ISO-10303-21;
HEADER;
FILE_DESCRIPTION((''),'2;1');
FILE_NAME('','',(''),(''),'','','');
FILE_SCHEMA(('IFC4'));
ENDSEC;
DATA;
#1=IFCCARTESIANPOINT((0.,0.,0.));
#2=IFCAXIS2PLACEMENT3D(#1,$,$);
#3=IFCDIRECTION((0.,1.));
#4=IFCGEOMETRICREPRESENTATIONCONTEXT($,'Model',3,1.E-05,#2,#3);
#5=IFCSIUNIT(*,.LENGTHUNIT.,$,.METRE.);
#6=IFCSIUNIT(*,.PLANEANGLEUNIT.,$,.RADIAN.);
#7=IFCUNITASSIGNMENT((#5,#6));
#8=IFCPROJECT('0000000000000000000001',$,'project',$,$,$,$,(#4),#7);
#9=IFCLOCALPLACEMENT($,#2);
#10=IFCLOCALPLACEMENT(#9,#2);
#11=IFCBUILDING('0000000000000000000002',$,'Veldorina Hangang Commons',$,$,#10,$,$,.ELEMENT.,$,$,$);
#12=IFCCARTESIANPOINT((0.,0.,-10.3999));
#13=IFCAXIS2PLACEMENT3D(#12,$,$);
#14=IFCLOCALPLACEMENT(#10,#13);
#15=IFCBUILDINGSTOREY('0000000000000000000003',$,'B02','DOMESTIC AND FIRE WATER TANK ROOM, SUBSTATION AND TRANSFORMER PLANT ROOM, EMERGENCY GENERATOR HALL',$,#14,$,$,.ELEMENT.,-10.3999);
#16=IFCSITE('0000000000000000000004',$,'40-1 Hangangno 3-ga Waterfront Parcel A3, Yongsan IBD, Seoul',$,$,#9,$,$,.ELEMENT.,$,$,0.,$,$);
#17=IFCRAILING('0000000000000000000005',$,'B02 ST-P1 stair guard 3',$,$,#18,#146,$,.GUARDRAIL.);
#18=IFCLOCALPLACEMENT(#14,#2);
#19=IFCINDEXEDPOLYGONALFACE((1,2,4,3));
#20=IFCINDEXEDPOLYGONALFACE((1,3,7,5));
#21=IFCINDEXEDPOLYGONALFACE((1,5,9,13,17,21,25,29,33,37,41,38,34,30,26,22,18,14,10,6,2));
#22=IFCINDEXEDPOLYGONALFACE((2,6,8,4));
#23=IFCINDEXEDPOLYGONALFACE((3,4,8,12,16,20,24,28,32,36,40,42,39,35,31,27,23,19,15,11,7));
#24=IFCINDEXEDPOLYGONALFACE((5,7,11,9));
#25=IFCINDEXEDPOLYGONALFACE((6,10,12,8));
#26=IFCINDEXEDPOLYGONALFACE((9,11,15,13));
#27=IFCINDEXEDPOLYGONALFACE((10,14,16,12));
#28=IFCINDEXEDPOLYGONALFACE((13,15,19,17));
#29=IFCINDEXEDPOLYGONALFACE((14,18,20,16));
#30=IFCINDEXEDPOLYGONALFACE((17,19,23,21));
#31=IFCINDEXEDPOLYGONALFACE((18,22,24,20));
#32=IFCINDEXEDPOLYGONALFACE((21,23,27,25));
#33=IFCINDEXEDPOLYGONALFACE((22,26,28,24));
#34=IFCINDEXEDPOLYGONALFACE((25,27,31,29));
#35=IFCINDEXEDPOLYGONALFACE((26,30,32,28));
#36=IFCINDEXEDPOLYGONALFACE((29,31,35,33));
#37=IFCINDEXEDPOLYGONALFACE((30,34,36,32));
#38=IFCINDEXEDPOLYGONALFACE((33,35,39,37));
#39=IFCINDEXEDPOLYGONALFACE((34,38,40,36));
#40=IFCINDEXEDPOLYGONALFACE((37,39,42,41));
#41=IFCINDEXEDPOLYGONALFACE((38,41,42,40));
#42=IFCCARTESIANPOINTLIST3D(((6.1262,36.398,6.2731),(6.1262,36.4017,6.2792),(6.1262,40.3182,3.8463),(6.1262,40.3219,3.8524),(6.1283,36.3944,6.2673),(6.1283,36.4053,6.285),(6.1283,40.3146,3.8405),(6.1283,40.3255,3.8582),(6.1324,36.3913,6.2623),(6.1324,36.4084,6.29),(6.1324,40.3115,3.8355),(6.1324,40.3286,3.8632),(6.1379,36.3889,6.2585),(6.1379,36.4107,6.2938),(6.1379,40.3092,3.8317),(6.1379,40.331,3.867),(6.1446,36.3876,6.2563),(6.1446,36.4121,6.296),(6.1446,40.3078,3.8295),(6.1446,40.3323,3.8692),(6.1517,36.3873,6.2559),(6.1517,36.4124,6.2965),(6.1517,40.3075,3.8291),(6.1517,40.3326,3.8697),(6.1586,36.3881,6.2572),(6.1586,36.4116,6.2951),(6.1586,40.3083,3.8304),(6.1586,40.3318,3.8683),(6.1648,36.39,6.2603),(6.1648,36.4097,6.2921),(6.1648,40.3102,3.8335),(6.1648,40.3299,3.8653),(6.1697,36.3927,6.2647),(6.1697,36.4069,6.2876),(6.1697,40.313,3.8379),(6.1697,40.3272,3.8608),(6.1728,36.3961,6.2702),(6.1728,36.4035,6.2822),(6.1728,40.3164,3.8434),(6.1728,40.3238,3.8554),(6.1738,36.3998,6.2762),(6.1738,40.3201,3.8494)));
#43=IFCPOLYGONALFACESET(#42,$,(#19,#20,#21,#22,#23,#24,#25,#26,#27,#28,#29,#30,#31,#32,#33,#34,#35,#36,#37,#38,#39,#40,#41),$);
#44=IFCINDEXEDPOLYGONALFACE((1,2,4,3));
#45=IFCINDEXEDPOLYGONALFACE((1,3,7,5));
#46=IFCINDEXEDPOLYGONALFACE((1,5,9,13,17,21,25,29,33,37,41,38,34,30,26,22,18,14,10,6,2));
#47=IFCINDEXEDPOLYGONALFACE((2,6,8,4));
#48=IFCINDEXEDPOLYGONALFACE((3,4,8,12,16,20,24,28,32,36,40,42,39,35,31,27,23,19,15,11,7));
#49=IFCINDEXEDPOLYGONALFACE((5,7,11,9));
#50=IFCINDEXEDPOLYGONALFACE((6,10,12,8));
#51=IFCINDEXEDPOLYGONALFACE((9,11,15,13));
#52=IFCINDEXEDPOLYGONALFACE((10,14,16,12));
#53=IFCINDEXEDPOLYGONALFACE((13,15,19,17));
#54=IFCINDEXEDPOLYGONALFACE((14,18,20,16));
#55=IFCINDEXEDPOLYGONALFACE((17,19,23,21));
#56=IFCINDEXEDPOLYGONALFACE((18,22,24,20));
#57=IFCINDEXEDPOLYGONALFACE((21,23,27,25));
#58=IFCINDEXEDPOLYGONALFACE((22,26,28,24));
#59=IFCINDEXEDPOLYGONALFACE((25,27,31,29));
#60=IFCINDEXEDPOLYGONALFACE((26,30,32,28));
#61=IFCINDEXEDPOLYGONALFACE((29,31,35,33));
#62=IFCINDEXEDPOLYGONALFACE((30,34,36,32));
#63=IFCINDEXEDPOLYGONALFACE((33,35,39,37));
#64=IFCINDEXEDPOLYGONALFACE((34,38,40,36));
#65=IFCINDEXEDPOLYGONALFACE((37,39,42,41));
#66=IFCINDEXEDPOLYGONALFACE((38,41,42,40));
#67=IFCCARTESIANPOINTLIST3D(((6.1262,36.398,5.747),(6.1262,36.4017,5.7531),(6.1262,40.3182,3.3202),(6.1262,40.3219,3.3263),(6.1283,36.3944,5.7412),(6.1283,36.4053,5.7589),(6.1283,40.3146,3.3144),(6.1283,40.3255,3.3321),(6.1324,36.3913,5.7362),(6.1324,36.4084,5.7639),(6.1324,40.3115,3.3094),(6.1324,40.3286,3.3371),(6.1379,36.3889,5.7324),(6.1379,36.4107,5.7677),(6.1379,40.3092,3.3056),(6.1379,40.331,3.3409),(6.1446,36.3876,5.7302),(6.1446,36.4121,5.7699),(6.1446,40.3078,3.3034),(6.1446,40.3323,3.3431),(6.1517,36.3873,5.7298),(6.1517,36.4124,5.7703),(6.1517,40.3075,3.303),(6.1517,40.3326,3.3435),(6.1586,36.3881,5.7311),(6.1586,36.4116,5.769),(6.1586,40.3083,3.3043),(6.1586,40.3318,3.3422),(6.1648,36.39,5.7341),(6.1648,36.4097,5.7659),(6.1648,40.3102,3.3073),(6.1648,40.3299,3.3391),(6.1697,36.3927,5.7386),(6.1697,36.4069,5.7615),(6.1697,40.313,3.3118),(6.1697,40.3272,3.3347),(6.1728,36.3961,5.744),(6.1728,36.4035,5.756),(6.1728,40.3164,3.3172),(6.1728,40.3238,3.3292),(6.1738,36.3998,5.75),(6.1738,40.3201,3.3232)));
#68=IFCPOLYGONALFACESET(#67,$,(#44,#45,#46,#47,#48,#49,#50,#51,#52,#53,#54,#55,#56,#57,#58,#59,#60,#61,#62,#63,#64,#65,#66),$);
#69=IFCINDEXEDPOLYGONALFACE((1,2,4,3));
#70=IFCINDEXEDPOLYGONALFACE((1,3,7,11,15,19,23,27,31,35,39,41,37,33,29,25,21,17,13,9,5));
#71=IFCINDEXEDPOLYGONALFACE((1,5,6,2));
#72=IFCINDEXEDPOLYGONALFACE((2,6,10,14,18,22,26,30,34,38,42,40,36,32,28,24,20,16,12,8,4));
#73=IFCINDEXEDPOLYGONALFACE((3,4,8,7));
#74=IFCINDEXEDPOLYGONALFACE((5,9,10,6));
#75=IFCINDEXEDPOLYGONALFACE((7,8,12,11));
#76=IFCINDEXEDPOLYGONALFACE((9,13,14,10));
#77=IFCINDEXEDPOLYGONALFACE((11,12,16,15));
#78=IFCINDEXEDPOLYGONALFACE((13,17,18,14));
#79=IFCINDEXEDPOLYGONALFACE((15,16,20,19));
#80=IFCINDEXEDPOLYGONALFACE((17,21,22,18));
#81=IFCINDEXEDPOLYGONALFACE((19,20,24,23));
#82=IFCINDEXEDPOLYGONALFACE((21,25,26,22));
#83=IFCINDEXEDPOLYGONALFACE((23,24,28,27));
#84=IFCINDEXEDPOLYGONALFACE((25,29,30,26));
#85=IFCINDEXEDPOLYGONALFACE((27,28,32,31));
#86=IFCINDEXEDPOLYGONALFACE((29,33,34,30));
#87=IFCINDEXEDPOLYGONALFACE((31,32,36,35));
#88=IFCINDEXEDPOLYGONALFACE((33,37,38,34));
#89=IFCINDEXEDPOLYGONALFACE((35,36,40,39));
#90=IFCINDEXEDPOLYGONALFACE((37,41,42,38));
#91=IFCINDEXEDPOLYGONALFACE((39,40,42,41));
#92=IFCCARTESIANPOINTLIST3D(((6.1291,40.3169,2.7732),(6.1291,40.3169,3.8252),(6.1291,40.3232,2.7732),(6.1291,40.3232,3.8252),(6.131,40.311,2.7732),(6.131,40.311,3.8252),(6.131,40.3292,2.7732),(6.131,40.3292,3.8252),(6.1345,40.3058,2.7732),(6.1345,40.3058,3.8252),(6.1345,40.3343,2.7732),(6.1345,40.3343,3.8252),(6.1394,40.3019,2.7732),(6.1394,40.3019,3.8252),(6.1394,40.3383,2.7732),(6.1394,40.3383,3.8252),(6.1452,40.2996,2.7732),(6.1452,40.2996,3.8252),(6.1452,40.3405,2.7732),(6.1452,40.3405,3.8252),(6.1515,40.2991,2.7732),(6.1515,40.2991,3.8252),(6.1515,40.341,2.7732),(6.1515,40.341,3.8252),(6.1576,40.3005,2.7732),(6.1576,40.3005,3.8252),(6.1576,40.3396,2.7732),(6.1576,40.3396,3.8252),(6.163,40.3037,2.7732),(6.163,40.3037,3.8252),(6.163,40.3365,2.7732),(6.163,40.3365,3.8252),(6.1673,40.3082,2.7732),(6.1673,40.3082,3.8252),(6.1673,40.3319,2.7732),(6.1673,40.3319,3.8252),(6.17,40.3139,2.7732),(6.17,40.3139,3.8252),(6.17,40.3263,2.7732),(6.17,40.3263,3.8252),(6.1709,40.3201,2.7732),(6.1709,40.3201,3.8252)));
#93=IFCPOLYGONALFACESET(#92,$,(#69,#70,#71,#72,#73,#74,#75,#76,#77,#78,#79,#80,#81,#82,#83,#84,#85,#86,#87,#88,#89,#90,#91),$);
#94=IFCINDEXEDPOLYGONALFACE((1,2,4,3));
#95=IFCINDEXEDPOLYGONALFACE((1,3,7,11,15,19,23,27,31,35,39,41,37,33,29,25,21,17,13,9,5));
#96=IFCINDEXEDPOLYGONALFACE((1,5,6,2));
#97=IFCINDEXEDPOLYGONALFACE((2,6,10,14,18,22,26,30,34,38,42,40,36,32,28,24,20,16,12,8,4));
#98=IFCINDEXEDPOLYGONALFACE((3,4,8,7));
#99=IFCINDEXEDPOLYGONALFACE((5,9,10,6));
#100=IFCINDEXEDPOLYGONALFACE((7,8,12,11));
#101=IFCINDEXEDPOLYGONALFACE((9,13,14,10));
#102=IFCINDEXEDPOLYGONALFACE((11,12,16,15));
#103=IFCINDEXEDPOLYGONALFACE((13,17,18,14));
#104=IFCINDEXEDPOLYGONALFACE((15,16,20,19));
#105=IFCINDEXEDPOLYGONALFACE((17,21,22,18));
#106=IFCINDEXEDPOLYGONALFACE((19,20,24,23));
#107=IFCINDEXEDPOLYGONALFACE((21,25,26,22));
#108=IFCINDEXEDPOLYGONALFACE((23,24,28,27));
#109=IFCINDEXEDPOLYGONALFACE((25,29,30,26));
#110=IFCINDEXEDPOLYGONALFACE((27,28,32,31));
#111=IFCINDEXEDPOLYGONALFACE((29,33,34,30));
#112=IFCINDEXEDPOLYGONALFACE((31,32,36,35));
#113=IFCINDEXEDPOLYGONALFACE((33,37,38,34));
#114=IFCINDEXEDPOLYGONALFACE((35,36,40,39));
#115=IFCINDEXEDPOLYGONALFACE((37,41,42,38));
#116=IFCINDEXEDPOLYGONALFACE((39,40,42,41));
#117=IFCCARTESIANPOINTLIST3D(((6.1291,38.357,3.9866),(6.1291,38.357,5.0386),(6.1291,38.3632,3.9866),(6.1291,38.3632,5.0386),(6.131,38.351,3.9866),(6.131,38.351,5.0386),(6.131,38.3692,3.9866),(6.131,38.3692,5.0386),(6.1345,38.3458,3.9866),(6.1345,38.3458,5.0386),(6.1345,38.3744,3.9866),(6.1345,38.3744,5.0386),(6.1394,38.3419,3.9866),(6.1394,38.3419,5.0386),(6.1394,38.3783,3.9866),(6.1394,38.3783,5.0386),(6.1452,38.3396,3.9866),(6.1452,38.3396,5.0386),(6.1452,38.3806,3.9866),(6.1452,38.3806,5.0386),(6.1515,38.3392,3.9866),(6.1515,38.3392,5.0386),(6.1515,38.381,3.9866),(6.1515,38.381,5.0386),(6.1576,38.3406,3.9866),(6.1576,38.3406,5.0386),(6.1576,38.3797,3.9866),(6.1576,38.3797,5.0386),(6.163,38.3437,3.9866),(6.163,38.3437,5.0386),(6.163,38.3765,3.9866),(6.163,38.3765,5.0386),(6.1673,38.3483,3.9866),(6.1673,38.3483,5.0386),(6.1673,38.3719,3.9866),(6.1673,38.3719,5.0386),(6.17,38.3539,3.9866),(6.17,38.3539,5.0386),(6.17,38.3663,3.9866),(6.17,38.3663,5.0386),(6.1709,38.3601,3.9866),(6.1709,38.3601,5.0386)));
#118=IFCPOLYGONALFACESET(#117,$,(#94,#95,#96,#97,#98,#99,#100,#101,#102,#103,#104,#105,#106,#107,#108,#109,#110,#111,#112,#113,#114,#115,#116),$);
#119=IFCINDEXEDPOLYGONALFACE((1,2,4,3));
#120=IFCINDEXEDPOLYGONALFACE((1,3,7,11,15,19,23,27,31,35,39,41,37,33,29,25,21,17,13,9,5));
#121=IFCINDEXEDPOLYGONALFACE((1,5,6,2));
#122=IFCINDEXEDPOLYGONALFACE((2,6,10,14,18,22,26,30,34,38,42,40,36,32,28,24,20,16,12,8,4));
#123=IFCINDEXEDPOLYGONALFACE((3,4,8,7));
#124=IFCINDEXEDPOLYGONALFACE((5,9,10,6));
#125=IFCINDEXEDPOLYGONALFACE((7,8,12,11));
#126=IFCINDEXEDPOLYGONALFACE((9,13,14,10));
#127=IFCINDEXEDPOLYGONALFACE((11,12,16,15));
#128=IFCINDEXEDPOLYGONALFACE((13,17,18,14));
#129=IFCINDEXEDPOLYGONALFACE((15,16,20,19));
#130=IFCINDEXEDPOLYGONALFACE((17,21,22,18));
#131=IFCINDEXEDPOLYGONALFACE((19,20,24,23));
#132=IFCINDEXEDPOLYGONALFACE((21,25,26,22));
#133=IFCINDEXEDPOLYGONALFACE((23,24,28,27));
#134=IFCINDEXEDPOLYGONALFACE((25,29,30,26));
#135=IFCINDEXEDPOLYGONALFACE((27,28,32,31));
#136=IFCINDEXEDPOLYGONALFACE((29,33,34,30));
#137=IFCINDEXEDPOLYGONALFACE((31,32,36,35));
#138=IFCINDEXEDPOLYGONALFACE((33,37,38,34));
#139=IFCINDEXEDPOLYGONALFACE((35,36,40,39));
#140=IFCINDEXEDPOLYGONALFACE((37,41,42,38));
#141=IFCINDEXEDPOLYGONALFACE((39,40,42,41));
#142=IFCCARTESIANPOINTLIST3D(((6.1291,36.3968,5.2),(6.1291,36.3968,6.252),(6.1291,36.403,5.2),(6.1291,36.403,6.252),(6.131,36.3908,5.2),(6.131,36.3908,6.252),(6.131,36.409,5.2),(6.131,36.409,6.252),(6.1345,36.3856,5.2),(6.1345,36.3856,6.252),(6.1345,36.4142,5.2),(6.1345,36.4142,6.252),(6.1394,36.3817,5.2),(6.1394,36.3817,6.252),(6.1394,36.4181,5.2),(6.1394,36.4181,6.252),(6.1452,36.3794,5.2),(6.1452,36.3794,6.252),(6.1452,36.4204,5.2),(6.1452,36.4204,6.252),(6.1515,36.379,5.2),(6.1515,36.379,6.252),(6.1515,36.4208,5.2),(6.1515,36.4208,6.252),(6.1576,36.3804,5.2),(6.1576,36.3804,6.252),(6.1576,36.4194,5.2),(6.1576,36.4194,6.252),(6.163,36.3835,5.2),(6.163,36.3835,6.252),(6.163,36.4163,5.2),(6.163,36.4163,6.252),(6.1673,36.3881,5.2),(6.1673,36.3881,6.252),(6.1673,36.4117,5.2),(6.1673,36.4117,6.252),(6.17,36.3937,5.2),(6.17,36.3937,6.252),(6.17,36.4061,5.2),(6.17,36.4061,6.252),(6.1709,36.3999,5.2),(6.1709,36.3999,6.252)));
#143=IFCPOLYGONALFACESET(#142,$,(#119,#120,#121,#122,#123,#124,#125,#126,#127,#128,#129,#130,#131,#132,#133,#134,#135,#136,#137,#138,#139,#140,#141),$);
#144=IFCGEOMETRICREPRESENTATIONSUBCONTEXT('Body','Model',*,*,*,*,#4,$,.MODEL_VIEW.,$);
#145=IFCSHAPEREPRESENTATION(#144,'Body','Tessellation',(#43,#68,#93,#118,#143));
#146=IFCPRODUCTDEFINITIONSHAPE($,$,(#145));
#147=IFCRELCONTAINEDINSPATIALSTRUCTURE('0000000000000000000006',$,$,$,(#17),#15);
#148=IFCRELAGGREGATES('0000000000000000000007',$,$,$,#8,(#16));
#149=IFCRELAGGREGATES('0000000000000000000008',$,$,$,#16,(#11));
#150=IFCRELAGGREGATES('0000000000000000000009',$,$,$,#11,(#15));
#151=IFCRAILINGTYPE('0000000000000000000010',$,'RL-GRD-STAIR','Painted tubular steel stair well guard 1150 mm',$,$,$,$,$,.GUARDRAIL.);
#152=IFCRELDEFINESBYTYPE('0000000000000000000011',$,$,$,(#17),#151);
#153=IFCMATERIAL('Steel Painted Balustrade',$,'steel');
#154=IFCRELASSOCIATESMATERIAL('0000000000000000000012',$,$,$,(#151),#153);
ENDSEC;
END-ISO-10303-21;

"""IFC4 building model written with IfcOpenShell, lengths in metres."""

from ifc_helpers import new_model, si_unit, direction, frame, origin, origin_2d, place, context, subcontext, project, spatial, circle, extrude, material, type_object, element, save


model = new_model("IFC4")

# Units and contexts
model_context = context("Model", 3, precision=1e-05, world=origin(), true_north=direction((0.0, 1.0)))
body_context = subcontext(model_context, "Body", "Model", "MODEL_VIEW")
ifc_project = project(units=[si_unit("LENGTHUNIT", "METRE"), si_unit("PLANEANGLEUNIT", "RADIAN")], contexts=[model_context])

# Site, building, storey
site_placement = place(None, origin())
site = spatial("IfcSite", under=ifc_project, at=site_placement, Name="40-1 Hangangno 3-ga Waterfront Parcel A3, Yongsan IBD, Seoul", CompositionType="ELEMENT", RefElevation=0.0)
building_placement = place(site_placement, origin())
building = spatial("IfcBuilding", under=site, at=building_placement, Name="Veldorina Hangang Commons", CompositionType="ELEMENT")
storey_placement = place(building_placement, frame((0.0, 0.0, -10.3999)))
storey = spatial("IfcBuildingStorey", under=building, at=storey_placement, Name="B02", Description="DOMESTIC AND FIRE WATER TANK ROOM, SUBSTATION AND TRANSFORMER PLANT ROOM, EMERGENCY GENERATOR HALL", CompositionType="ELEMENT", Elevation=-10.3999)

# Railing
ifc_material_1 = material(Name="Steel Painted Balustrade", Category="steel")
railing_type_1 = type_object("IfcRailingType", Name="RL-GRD-STAIR", Description="Painted tubular steel stair well guard 1150 mm", PredefinedType="GUARDRAIL", material=ifc_material_1)
railing_1_placement = place(storey_placement, frame((6.1499, 40.3201, 2.7732)))
element("IfcRailing", 1, at=railing_1_placement, inside=storey, type_object=railing_type_1, Name="B02 ST-P1 stair guard 3", PredefinedType="GUARDRAIL", context=body_context, shape_type="SweptSolid", body=[
    extrude(circle(Radius=0.0239, at=origin_2d()), frame((0.0, 0.0, 1.0762), z_axis=(0.0, -0.850266, 0.526353), x_axis=(1.0, 0.0, 0.0)), (0.0, 0.0, 1.0), 4.6106),
    extrude(circle(Radius=0.0239, at=origin_2d()), frame((0.0, 0.0, 0.55), z_axis=(0.0, -0.850266, 0.526353), x_axis=(1.0, 0.0, 0.0)), (0.0, 0.0, 1.0), 4.6106),
    extrude(circle(Radius=0.021, at=origin_2d()), origin(), (0.0, 0.0, 1.0), 1.052),
    extrude(circle(Radius=0.021, at=origin_2d()), frame((0.0, -1.96, 1.2134)), (0.0, 0.0, 1.0), 1.052),
    extrude(circle(Radius=0.021, at=origin_2d()), frame((0.0, -3.9202, 2.4268)), (0.0, 0.0, 1.0), 1.052),
])

save(model, "model.ifc")
